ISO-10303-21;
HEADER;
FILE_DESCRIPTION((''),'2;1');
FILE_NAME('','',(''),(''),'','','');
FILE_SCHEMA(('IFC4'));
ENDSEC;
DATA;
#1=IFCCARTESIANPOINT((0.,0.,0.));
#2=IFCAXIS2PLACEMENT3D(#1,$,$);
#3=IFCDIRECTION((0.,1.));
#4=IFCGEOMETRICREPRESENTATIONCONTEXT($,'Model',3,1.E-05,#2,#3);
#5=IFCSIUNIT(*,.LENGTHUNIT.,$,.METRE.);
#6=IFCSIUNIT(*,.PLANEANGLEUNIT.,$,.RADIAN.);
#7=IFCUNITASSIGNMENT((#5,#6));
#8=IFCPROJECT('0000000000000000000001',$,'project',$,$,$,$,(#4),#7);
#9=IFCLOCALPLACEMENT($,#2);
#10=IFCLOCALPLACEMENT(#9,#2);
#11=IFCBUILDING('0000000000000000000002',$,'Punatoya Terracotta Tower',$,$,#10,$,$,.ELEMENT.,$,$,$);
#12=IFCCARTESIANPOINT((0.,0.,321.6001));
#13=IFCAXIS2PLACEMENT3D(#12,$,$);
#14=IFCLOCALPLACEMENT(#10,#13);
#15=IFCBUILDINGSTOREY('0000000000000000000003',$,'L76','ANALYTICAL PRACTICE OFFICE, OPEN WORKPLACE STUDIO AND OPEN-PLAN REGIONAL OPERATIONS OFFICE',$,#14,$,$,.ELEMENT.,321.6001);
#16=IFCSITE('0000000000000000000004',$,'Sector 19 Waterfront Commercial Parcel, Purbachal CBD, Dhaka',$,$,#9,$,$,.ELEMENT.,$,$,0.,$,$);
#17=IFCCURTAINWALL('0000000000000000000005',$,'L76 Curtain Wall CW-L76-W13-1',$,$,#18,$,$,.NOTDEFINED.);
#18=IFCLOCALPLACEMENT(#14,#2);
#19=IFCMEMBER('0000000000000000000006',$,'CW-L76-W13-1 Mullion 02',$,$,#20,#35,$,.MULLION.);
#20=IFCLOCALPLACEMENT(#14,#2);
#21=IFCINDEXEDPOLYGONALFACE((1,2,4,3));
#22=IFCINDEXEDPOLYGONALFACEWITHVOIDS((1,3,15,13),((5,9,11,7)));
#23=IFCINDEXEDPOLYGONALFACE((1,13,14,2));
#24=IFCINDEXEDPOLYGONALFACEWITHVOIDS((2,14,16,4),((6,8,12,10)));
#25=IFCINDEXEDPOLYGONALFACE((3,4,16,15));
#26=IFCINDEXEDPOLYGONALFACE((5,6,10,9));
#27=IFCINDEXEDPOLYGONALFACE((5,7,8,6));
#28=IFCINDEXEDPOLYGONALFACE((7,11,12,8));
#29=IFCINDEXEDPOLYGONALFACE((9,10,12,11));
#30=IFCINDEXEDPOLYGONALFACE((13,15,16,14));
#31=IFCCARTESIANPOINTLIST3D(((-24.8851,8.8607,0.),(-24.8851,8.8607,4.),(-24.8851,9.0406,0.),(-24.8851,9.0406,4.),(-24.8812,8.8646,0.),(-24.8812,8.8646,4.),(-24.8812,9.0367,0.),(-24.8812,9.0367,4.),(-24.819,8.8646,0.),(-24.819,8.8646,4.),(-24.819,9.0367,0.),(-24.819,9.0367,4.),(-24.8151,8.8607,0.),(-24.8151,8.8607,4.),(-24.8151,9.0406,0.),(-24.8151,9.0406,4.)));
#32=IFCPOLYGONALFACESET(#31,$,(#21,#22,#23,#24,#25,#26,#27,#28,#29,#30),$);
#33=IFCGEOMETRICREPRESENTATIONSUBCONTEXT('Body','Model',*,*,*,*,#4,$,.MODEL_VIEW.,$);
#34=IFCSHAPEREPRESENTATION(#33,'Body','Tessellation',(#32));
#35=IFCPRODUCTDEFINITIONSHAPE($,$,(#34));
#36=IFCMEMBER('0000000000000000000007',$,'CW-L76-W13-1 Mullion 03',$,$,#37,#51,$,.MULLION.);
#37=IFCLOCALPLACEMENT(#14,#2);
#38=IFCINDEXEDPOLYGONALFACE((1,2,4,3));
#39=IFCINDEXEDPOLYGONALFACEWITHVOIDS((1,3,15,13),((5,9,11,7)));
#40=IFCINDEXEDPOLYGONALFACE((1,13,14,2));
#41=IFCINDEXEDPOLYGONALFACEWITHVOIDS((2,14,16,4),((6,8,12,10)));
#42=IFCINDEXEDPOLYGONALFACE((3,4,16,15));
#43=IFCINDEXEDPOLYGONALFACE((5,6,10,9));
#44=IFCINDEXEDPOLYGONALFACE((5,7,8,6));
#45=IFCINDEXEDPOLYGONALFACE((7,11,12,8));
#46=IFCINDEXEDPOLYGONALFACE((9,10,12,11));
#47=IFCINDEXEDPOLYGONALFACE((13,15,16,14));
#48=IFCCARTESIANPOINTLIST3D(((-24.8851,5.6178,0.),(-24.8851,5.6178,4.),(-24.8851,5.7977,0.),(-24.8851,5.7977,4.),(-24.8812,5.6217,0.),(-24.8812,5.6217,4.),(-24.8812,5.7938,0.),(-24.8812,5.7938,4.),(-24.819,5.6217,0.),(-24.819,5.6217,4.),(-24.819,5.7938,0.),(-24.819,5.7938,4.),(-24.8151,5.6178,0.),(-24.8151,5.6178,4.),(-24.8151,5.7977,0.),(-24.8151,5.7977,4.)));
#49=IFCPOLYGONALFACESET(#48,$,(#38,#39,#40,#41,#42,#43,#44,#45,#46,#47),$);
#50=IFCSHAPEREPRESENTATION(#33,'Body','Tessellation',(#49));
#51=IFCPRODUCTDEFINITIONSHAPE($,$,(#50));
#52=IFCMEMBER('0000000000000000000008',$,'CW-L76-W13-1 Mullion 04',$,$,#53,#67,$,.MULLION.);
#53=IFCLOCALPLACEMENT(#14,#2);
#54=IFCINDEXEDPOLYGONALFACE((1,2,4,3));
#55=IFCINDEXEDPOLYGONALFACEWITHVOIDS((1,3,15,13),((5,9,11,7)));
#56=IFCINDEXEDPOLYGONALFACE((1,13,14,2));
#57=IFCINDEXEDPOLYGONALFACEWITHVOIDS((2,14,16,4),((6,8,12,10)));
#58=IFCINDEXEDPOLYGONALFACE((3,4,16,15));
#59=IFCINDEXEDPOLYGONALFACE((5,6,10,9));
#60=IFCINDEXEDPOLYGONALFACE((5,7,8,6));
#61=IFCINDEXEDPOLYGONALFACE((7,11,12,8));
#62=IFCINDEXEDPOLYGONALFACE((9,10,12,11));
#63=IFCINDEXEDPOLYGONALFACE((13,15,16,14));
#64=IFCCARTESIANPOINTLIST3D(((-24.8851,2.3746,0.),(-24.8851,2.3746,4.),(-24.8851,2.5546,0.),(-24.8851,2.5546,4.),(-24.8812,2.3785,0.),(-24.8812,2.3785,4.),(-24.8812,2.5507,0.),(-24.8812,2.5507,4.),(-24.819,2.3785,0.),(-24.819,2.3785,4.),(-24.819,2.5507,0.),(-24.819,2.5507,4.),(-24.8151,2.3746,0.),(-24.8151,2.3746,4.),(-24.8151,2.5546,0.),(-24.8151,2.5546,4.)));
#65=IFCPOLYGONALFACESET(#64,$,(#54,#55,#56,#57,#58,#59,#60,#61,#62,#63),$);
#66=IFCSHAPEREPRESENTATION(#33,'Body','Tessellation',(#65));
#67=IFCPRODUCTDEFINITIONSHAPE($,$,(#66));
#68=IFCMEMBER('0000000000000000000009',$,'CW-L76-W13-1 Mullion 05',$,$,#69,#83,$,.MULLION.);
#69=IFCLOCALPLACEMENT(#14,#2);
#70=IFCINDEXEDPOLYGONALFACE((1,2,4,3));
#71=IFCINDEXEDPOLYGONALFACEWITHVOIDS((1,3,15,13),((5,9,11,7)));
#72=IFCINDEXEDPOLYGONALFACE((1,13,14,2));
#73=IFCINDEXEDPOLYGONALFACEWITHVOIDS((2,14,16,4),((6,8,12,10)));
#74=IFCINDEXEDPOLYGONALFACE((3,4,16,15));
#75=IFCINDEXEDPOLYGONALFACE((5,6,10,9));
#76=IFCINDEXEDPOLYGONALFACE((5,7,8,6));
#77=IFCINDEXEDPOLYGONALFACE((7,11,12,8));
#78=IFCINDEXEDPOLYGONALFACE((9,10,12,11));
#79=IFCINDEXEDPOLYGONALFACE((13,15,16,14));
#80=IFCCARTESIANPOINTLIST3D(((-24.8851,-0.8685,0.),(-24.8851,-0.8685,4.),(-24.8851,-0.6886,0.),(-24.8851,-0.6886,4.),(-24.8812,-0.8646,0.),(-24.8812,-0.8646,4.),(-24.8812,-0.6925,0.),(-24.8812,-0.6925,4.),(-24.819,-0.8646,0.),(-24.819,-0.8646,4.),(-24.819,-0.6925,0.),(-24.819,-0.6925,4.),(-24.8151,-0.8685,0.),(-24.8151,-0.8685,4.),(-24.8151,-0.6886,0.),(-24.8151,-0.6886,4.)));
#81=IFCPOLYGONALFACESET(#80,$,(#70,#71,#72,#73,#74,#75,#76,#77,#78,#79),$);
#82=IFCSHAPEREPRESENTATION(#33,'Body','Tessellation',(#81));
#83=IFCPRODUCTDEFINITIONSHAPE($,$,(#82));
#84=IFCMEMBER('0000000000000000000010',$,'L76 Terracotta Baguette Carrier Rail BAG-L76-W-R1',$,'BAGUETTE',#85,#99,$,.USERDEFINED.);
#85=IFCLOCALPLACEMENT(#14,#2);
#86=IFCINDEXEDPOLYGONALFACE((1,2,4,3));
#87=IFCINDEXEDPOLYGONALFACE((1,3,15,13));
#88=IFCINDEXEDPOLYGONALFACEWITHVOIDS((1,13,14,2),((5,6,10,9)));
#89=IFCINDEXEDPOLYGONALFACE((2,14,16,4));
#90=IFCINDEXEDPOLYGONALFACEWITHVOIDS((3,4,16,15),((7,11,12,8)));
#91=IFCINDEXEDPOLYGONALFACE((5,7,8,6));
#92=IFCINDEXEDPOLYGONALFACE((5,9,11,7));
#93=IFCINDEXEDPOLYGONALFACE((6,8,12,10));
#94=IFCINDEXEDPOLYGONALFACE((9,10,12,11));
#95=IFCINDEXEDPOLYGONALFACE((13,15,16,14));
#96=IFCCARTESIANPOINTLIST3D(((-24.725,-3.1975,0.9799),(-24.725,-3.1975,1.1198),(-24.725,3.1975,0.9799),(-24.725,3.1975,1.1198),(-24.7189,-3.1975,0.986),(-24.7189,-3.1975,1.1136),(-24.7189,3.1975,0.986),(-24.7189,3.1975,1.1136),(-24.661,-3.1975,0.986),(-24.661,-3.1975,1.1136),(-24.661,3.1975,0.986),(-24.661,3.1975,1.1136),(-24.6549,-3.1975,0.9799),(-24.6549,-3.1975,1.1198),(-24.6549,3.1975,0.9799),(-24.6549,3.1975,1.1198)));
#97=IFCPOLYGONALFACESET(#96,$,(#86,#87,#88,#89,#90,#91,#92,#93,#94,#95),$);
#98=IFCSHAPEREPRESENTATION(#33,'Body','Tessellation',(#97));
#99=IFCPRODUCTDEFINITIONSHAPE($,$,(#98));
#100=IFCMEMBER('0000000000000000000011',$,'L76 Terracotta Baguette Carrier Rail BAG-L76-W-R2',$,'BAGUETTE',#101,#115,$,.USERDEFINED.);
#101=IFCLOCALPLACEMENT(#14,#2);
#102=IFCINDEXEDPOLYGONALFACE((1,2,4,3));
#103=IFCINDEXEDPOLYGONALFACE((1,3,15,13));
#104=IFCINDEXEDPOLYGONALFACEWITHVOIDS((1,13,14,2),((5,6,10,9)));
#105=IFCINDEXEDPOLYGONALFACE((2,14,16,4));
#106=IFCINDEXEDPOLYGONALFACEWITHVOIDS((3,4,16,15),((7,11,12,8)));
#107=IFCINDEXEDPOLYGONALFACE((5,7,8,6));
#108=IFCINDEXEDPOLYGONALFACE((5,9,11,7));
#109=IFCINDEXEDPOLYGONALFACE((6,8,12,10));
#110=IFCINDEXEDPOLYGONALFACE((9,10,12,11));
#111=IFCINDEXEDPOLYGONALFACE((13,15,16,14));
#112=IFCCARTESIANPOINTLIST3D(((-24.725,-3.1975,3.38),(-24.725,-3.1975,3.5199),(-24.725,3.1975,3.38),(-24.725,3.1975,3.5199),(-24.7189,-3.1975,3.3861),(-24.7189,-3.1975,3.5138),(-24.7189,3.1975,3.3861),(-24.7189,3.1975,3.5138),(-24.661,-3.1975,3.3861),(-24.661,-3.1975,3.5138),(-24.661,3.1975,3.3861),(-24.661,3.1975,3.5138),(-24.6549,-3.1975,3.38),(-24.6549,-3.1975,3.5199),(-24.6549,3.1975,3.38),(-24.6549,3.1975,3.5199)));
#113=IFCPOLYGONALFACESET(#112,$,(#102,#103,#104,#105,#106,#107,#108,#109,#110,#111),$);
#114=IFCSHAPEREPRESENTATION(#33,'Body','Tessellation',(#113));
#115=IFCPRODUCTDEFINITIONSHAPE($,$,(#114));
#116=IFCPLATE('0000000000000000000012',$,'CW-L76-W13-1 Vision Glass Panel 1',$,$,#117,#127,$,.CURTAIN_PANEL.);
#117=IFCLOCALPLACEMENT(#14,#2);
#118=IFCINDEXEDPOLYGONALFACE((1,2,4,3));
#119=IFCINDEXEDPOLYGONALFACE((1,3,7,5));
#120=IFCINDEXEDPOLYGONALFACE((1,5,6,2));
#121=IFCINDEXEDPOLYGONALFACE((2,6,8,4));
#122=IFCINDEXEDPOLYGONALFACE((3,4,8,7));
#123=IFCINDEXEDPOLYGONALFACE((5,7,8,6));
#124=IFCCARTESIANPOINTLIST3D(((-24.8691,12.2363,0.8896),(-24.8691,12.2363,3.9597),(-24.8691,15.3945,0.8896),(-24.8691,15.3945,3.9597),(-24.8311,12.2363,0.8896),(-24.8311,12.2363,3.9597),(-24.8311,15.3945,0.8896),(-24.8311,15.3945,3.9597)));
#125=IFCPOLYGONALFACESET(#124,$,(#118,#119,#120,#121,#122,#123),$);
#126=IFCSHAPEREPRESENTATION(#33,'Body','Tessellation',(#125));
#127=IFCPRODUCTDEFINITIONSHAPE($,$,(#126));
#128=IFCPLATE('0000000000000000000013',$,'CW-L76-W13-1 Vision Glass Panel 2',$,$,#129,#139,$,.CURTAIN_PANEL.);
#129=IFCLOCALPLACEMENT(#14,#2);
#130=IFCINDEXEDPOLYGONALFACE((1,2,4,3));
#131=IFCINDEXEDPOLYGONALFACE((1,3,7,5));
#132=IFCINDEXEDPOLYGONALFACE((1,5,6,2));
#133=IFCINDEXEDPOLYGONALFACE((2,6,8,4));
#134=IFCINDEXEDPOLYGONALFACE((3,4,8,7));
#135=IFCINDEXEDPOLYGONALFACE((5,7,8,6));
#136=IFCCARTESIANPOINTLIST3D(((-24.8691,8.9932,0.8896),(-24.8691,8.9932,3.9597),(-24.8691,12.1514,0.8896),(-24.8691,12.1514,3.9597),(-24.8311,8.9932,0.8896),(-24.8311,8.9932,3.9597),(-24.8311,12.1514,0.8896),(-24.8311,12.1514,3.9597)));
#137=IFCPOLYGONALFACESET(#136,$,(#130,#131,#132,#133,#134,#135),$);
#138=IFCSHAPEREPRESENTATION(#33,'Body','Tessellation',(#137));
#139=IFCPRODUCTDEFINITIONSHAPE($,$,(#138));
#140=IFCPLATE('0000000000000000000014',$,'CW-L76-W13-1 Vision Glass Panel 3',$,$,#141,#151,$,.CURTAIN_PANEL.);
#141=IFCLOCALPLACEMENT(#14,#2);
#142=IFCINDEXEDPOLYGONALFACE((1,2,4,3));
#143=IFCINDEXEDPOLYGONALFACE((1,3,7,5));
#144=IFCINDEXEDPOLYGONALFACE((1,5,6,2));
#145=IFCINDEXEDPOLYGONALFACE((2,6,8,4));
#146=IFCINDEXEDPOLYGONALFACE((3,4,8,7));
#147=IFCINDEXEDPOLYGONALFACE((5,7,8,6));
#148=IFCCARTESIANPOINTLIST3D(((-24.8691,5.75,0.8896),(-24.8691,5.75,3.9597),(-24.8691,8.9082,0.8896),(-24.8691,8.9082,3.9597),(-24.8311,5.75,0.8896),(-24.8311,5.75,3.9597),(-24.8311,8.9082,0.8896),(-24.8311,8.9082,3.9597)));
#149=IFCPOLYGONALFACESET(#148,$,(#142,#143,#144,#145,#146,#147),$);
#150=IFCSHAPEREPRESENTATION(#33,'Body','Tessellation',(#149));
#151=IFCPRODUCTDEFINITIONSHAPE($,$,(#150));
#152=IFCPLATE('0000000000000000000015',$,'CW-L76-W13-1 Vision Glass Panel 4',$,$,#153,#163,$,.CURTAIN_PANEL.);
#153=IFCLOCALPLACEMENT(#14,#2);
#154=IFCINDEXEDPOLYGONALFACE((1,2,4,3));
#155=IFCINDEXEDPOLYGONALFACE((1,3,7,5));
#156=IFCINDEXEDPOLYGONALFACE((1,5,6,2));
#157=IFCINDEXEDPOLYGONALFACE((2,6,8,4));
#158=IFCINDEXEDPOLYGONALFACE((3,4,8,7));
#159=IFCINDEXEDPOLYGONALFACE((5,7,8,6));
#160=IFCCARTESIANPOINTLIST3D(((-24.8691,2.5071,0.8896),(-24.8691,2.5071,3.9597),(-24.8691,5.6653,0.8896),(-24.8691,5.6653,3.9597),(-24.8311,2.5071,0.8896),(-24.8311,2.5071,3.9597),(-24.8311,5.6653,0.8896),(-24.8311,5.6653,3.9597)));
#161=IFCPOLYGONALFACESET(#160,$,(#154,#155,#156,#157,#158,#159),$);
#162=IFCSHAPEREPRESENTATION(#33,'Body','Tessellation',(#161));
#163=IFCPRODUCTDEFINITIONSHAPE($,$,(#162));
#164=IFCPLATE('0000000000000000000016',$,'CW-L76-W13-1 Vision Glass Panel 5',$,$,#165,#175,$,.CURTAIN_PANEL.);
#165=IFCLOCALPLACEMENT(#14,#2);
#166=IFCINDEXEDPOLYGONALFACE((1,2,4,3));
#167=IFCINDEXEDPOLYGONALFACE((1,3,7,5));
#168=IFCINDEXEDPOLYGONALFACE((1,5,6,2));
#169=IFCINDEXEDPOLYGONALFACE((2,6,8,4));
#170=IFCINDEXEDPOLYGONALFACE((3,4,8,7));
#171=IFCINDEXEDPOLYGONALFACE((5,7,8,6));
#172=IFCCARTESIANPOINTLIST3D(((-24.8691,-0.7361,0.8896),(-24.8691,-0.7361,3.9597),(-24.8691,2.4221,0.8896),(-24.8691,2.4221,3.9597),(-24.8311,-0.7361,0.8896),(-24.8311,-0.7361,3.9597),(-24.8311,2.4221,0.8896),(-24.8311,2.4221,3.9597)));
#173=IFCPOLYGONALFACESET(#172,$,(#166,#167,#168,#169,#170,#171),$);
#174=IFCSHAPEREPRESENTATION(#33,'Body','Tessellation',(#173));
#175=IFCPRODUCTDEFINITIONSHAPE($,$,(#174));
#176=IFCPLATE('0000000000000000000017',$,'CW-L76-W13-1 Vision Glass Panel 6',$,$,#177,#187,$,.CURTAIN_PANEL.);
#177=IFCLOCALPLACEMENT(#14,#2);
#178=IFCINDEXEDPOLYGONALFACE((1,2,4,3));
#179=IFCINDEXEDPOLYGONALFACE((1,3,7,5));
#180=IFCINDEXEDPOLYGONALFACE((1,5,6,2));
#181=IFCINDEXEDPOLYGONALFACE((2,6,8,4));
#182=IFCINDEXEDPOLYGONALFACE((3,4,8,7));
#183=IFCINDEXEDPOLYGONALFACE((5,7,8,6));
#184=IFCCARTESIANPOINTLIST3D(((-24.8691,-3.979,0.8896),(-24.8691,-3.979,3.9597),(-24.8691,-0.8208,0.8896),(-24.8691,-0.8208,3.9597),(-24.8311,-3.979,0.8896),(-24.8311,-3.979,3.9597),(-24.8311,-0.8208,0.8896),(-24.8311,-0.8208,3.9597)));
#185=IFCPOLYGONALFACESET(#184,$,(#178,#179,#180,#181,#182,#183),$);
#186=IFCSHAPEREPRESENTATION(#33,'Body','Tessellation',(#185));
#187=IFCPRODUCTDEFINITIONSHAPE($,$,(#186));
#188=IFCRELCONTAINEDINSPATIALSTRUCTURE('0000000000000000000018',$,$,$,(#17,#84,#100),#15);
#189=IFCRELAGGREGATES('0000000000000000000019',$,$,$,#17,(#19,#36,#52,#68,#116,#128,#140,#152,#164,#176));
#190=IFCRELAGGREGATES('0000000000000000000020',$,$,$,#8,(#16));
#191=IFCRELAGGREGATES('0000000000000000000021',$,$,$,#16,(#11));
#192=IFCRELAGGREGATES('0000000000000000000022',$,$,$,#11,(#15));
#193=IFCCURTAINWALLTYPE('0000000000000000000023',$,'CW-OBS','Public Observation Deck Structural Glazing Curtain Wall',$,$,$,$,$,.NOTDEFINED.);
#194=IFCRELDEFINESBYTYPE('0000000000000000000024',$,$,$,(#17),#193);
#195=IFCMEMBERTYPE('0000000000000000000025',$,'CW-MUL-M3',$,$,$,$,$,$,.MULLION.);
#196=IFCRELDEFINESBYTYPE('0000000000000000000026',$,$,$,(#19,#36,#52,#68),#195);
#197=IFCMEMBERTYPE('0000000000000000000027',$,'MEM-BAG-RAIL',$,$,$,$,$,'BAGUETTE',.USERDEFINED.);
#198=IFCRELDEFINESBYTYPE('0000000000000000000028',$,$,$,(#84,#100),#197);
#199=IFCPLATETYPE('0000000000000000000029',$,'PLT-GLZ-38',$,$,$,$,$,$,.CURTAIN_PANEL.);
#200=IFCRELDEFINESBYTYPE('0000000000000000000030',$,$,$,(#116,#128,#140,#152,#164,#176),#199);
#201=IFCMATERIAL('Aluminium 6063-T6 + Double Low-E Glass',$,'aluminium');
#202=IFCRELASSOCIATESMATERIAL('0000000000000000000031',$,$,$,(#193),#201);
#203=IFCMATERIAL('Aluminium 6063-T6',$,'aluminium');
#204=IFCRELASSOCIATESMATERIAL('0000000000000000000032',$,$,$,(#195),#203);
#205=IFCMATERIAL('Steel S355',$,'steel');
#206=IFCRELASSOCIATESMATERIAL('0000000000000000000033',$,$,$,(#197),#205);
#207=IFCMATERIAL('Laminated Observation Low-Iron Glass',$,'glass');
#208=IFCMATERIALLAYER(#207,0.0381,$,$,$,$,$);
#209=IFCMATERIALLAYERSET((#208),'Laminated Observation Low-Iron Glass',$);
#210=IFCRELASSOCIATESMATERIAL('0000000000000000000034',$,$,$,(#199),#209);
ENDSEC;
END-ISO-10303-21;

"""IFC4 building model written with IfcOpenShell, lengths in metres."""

from ifc_helpers import new_model, si_unit, direction, frame, origin, origin_2d, place, context, subcontext, project, spatial, rectangle, hollow_rectangle, extrude, material, layer, layer_set, material_profile, profile_set, type_object, element, aggregate, save


model = new_model("IFC4")

# Units and contexts
model_context = context("Model", 3, precision=1e-05, world=origin(), true_north=direction((0.0, 1.0)))
body_context = subcontext(model_context, "Body", "Model", "MODEL_VIEW")
ifc_project = project(units=[si_unit("LENGTHUNIT", "METRE"), si_unit("PLANEANGLEUNIT", "RADIAN")], contexts=[model_context])

# Site, building, storey
site_placement = place(None, origin())
site = spatial("IfcSite", under=ifc_project, at=site_placement, Name="Sector 19 Waterfront Commercial Parcel, Purbachal CBD, Dhaka", CompositionType="ELEMENT", RefElevation=0.0)
building_placement = place(site_placement, origin())
building = spatial("IfcBuilding", under=site, at=building_placement, Name="Punatoya Terracotta Tower", CompositionType="ELEMENT")
storey_placement = place(building_placement, frame((0.0, 0.0, 321.6001)))
storey = spatial("IfcBuildingStorey", under=building, at=storey_placement, Name="L76", Description="ANALYTICAL PRACTICE OFFICE, OPEN WORKPLACE STUDIO AND OPEN-PLAN REGIONAL OPERATIONS OFFICE", CompositionType="ELEMENT", Elevation=321.6001)

# Curtain wall, members
ifc_material_1 = material(Name="Aluminium 6063-T6 + Double Low-E Glass", Category="aluminium")
curtain_wall_type = type_object("IfcCurtainWallType", Name="CW-OBS", Description="Public Observation Deck Structural Glazing Curtain Wall", PredefinedType="NOTDEFINED", material=ifc_material_1)
curtain_wall_placement = place(storey_placement, origin())
curtain_wall = element("IfcCurtainWall", 1, at=curtain_wall_placement, inside=storey, type_object=curtain_wall_type, Name="L76 Curtain Wall CW-L76-W13-1", PredefinedType="NOTDEFINED")
ifc_material_2 = material(Name="Aluminium 6063-T6", Category="aluminium")
ifc_material_profile_1 = material_profile(ifc_material_2, hollow_rectangle(XDim=0.0701, YDim=0.1799, WallThickness=0.0039, at=origin_2d()))
ifc_profile_set_1 = profile_set([ifc_material_profile_1], Name="Aluminium 6063-T6")
member_type_1 = type_object("IfcMemberType", Name="CW-MUL-M3", PredefinedType="MULLION", material=ifc_profile_set_1)
member_1_placement = place(storey_placement, frame((-24.8501, 8.9507, 0.0), z_axis=(0.0, 0.0, 1.0), x_axis=(1.0, 0.0, 0.0)))
member_1 = element("IfcMember", 2, at=member_1_placement, type_object=member_type_1, Name="CW-L76-W13-1 Mullion 02", PredefinedType="MULLION", context=body_context, shape_type="SweptSolid", body=[
    extrude(hollow_rectangle(XDim=0.0701, YDim=0.1799, WallThickness=0.0039, at=origin_2d()), origin(), (0.0, 0.0, 1.0), 4.0),
])
member_2_placement = place(storey_placement, frame((-24.8501, 5.7078, 0.0), z_axis=(0.0, 0.0, 1.0), x_axis=(1.0, 0.0, 0.0)))
member_2 = element("IfcMember", 3, at=member_2_placement, type_object=member_type_1, Name="CW-L76-W13-1 Mullion 03", PredefinedType="MULLION", context=body_context, shape_type="SweptSolid", body=[
    extrude(hollow_rectangle(XDim=0.0701, YDim=0.1799, WallThickness=0.0039, at=origin_2d()), origin(), (0.0, 0.0, 1.0), 4.0),
])
member_3_placement = place(storey_placement, frame((-24.8501, 2.4646, 0.0), z_axis=(0.0, 0.0, 1.0), x_axis=(1.0, 0.0, 0.0)))
member_3 = element("IfcMember", 4, at=member_3_placement, type_object=member_type_1, Name="CW-L76-W13-1 Mullion 04", PredefinedType="MULLION", context=body_context, shape_type="SweptSolid", body=[
    extrude(hollow_rectangle(XDim=0.0701, YDim=0.1799, WallThickness=0.0039, at=origin_2d()), origin(), (0.0, 0.0, 1.0), 4.0),
])
member_4_placement = place(storey_placement, frame((-24.8501, -0.7786, 0.0), z_axis=(0.0, 0.0, 1.0), x_axis=(1.0, 0.0, 0.0)))
member_4 = element("IfcMember", 5, at=member_4_placement, type_object=member_type_1, Name="CW-L76-W13-1 Mullion 05", PredefinedType="MULLION", context=body_context, shape_type="SweptSolid", body=[
    extrude(hollow_rectangle(XDim=0.0701, YDim=0.1799, WallThickness=0.0039, at=origin_2d()), origin(), (0.0, 0.0, 1.0), 4.0),
])

# Members
ifc_material_3 = material(Name="Steel S355", Category="steel")
ifc_material_profile_2 = material_profile(ifc_material_3, hollow_rectangle(XDim=0.0701, YDim=0.1399, WallThickness=0.0061, at=origin_2d()))
ifc_profile_set_2 = profile_set([ifc_material_profile_2], Name="Steel S355")
member_type_2 = type_object("IfcMemberType", Name="MEM-BAG-RAIL", ElementType="BAGUETTE", PredefinedType="USERDEFINED", material=ifc_profile_set_2)
for number, where, z_axis, x_axis, name in (
    (6, (-24.6899, -3.1975, 1.0498), (0.0, 1.0, 0.0), (-1.0, 0.0, 0.0), "L76 Terracotta Baguette Carrier Rail BAG-L76-W-R1"),
    (7, (-24.6899, -3.1975, 3.45), (0.0, 1.0, 0.0), (-1.0, 0.0, 0.0), "L76 Terracotta Baguette Carrier Rail BAG-L76-W-R2"),
):
    element("IfcMember", number, at=place(storey_placement, frame(where, z_axis=z_axis, x_axis=x_axis)), inside=storey, type_object=member_type_2, Name=name, ObjectType="BAGUETTE", PredefinedType="USERDEFINED", context=body_context, shape_type="SweptSolid", body=[
        extrude(hollow_rectangle(XDim=0.0701, YDim=0.1399, WallThickness=0.0061, at=origin_2d()), origin(), (0.0, 0.0, 1.0), 6.395),
    ])

# Plates
ifc_material_4 = material(Name="Laminated Observation Low-Iron Glass", Category="glass")
ifc_layer_1 = layer(ifc_material_4, 0.0381)
ifc_layer_set_1 = layer_set([ifc_layer_1], Name="Laminated Observation Low-Iron Glass")
plate_type_1 = type_object("IfcPlateType", Name="PLT-GLZ-38", PredefinedType="CURTAIN_PANEL", material=ifc_layer_set_1)
plate_1_placement = place(storey_placement, frame((-24.8501, 13.8154, 0.8896), z_axis=(0.0, 0.0, 1.0), x_axis=(0.0, -1.0, 0.0)))
plate_1 = element("IfcPlate", 8, at=plate_1_placement, type_object=plate_type_1, Name="CW-L76-W13-1 Vision Glass Panel 1", PredefinedType="CURTAIN_PANEL", context=body_context, shape_type="SweptSolid", body=[
    extrude(rectangle(XDim=3.1582, YDim=0.0381, at=origin_2d()), origin(), (0.0, 0.0, 1.0), 3.0701),
])
plate_2_placement = place(storey_placement, frame((-24.8501, 10.5723, 0.8896), z_axis=(0.0, 0.0, 1.0), x_axis=(0.0, -1.0, 0.0)))
plate_2 = element("IfcPlate", 9, at=plate_2_placement, type_object=plate_type_1, Name="CW-L76-W13-1 Vision Glass Panel 2", PredefinedType="CURTAIN_PANEL", context=body_context, shape_type="SweptSolid", body=[
    extrude(rectangle(XDim=3.1582, YDim=0.0381, at=origin_2d()), origin(), (0.0, 0.0, 1.0), 3.0701),
])
plate_3_placement = place(storey_placement, frame((-24.8501, 7.3291, 0.8896), z_axis=(0.0, 0.0, 1.0), x_axis=(0.0, -1.0, 0.0)))
plate_3 = element("IfcPlate", 10, at=plate_3_placement, type_object=plate_type_1, Name="CW-L76-W13-1 Vision Glass Panel 3", PredefinedType="CURTAIN_PANEL", context=body_context, shape_type="SweptSolid", body=[
    extrude(rectangle(XDim=3.1582, YDim=0.0381, at=origin_2d()), origin(), (0.0, 0.0, 1.0), 3.0701),
])
plate_4_placement = place(storey_placement, frame((-24.8501, 4.0862, 0.8896), z_axis=(0.0, 0.0, 1.0), x_axis=(0.0, -1.0, 0.0)))
plate_4 = element("IfcPlate", 11, at=plate_4_placement, type_object=plate_type_1, Name="CW-L76-W13-1 Vision Glass Panel 4", PredefinedType="CURTAIN_PANEL", context=body_context, shape_type="SweptSolid", body=[
    extrude(rectangle(XDim=3.1582, YDim=0.0381, at=origin_2d()), origin(), (0.0, 0.0, 1.0), 3.0701),
])
plate_5_placement = place(storey_placement, frame((-24.8501, 0.843, 0.8896), z_axis=(0.0, 0.0, 1.0), x_axis=(0.0, -1.0, 0.0)))
plate_5 = element("IfcPlate", 12, at=plate_5_placement, type_object=plate_type_1, Name="CW-L76-W13-1 Vision Glass Panel 5", PredefinedType="CURTAIN_PANEL", context=body_context, shape_type="SweptSolid", body=[
    extrude(rectangle(XDim=3.1582, YDim=0.0381, at=origin_2d()), origin(), (0.0, 0.0, 1.0), 3.0701),
])
plate_6_placement = place(storey_placement, frame((-24.8501, -2.3999, 0.8896), z_axis=(0.0, 0.0, 1.0), x_axis=(0.0, -1.0, 0.0)))
plate_6 = element("IfcPlate", 13, at=plate_6_placement, type_object=plate_type_1, Name="CW-L76-W13-1 Vision Glass Panel 6", PredefinedType="CURTAIN_PANEL", context=body_context, shape_type="SweptSolid", body=[
    extrude(rectangle(XDim=3.1582, YDim=0.0381, at=origin_2d()), origin(), (0.0, 0.0, 1.0), 3.0701),
])
aggregate(curtain_wall, [member_1, member_2, member_3, member_4, plate_1, plate_2, plate_3, plate_4, plate_5, plate_6])

save(model, "model.ifc")
